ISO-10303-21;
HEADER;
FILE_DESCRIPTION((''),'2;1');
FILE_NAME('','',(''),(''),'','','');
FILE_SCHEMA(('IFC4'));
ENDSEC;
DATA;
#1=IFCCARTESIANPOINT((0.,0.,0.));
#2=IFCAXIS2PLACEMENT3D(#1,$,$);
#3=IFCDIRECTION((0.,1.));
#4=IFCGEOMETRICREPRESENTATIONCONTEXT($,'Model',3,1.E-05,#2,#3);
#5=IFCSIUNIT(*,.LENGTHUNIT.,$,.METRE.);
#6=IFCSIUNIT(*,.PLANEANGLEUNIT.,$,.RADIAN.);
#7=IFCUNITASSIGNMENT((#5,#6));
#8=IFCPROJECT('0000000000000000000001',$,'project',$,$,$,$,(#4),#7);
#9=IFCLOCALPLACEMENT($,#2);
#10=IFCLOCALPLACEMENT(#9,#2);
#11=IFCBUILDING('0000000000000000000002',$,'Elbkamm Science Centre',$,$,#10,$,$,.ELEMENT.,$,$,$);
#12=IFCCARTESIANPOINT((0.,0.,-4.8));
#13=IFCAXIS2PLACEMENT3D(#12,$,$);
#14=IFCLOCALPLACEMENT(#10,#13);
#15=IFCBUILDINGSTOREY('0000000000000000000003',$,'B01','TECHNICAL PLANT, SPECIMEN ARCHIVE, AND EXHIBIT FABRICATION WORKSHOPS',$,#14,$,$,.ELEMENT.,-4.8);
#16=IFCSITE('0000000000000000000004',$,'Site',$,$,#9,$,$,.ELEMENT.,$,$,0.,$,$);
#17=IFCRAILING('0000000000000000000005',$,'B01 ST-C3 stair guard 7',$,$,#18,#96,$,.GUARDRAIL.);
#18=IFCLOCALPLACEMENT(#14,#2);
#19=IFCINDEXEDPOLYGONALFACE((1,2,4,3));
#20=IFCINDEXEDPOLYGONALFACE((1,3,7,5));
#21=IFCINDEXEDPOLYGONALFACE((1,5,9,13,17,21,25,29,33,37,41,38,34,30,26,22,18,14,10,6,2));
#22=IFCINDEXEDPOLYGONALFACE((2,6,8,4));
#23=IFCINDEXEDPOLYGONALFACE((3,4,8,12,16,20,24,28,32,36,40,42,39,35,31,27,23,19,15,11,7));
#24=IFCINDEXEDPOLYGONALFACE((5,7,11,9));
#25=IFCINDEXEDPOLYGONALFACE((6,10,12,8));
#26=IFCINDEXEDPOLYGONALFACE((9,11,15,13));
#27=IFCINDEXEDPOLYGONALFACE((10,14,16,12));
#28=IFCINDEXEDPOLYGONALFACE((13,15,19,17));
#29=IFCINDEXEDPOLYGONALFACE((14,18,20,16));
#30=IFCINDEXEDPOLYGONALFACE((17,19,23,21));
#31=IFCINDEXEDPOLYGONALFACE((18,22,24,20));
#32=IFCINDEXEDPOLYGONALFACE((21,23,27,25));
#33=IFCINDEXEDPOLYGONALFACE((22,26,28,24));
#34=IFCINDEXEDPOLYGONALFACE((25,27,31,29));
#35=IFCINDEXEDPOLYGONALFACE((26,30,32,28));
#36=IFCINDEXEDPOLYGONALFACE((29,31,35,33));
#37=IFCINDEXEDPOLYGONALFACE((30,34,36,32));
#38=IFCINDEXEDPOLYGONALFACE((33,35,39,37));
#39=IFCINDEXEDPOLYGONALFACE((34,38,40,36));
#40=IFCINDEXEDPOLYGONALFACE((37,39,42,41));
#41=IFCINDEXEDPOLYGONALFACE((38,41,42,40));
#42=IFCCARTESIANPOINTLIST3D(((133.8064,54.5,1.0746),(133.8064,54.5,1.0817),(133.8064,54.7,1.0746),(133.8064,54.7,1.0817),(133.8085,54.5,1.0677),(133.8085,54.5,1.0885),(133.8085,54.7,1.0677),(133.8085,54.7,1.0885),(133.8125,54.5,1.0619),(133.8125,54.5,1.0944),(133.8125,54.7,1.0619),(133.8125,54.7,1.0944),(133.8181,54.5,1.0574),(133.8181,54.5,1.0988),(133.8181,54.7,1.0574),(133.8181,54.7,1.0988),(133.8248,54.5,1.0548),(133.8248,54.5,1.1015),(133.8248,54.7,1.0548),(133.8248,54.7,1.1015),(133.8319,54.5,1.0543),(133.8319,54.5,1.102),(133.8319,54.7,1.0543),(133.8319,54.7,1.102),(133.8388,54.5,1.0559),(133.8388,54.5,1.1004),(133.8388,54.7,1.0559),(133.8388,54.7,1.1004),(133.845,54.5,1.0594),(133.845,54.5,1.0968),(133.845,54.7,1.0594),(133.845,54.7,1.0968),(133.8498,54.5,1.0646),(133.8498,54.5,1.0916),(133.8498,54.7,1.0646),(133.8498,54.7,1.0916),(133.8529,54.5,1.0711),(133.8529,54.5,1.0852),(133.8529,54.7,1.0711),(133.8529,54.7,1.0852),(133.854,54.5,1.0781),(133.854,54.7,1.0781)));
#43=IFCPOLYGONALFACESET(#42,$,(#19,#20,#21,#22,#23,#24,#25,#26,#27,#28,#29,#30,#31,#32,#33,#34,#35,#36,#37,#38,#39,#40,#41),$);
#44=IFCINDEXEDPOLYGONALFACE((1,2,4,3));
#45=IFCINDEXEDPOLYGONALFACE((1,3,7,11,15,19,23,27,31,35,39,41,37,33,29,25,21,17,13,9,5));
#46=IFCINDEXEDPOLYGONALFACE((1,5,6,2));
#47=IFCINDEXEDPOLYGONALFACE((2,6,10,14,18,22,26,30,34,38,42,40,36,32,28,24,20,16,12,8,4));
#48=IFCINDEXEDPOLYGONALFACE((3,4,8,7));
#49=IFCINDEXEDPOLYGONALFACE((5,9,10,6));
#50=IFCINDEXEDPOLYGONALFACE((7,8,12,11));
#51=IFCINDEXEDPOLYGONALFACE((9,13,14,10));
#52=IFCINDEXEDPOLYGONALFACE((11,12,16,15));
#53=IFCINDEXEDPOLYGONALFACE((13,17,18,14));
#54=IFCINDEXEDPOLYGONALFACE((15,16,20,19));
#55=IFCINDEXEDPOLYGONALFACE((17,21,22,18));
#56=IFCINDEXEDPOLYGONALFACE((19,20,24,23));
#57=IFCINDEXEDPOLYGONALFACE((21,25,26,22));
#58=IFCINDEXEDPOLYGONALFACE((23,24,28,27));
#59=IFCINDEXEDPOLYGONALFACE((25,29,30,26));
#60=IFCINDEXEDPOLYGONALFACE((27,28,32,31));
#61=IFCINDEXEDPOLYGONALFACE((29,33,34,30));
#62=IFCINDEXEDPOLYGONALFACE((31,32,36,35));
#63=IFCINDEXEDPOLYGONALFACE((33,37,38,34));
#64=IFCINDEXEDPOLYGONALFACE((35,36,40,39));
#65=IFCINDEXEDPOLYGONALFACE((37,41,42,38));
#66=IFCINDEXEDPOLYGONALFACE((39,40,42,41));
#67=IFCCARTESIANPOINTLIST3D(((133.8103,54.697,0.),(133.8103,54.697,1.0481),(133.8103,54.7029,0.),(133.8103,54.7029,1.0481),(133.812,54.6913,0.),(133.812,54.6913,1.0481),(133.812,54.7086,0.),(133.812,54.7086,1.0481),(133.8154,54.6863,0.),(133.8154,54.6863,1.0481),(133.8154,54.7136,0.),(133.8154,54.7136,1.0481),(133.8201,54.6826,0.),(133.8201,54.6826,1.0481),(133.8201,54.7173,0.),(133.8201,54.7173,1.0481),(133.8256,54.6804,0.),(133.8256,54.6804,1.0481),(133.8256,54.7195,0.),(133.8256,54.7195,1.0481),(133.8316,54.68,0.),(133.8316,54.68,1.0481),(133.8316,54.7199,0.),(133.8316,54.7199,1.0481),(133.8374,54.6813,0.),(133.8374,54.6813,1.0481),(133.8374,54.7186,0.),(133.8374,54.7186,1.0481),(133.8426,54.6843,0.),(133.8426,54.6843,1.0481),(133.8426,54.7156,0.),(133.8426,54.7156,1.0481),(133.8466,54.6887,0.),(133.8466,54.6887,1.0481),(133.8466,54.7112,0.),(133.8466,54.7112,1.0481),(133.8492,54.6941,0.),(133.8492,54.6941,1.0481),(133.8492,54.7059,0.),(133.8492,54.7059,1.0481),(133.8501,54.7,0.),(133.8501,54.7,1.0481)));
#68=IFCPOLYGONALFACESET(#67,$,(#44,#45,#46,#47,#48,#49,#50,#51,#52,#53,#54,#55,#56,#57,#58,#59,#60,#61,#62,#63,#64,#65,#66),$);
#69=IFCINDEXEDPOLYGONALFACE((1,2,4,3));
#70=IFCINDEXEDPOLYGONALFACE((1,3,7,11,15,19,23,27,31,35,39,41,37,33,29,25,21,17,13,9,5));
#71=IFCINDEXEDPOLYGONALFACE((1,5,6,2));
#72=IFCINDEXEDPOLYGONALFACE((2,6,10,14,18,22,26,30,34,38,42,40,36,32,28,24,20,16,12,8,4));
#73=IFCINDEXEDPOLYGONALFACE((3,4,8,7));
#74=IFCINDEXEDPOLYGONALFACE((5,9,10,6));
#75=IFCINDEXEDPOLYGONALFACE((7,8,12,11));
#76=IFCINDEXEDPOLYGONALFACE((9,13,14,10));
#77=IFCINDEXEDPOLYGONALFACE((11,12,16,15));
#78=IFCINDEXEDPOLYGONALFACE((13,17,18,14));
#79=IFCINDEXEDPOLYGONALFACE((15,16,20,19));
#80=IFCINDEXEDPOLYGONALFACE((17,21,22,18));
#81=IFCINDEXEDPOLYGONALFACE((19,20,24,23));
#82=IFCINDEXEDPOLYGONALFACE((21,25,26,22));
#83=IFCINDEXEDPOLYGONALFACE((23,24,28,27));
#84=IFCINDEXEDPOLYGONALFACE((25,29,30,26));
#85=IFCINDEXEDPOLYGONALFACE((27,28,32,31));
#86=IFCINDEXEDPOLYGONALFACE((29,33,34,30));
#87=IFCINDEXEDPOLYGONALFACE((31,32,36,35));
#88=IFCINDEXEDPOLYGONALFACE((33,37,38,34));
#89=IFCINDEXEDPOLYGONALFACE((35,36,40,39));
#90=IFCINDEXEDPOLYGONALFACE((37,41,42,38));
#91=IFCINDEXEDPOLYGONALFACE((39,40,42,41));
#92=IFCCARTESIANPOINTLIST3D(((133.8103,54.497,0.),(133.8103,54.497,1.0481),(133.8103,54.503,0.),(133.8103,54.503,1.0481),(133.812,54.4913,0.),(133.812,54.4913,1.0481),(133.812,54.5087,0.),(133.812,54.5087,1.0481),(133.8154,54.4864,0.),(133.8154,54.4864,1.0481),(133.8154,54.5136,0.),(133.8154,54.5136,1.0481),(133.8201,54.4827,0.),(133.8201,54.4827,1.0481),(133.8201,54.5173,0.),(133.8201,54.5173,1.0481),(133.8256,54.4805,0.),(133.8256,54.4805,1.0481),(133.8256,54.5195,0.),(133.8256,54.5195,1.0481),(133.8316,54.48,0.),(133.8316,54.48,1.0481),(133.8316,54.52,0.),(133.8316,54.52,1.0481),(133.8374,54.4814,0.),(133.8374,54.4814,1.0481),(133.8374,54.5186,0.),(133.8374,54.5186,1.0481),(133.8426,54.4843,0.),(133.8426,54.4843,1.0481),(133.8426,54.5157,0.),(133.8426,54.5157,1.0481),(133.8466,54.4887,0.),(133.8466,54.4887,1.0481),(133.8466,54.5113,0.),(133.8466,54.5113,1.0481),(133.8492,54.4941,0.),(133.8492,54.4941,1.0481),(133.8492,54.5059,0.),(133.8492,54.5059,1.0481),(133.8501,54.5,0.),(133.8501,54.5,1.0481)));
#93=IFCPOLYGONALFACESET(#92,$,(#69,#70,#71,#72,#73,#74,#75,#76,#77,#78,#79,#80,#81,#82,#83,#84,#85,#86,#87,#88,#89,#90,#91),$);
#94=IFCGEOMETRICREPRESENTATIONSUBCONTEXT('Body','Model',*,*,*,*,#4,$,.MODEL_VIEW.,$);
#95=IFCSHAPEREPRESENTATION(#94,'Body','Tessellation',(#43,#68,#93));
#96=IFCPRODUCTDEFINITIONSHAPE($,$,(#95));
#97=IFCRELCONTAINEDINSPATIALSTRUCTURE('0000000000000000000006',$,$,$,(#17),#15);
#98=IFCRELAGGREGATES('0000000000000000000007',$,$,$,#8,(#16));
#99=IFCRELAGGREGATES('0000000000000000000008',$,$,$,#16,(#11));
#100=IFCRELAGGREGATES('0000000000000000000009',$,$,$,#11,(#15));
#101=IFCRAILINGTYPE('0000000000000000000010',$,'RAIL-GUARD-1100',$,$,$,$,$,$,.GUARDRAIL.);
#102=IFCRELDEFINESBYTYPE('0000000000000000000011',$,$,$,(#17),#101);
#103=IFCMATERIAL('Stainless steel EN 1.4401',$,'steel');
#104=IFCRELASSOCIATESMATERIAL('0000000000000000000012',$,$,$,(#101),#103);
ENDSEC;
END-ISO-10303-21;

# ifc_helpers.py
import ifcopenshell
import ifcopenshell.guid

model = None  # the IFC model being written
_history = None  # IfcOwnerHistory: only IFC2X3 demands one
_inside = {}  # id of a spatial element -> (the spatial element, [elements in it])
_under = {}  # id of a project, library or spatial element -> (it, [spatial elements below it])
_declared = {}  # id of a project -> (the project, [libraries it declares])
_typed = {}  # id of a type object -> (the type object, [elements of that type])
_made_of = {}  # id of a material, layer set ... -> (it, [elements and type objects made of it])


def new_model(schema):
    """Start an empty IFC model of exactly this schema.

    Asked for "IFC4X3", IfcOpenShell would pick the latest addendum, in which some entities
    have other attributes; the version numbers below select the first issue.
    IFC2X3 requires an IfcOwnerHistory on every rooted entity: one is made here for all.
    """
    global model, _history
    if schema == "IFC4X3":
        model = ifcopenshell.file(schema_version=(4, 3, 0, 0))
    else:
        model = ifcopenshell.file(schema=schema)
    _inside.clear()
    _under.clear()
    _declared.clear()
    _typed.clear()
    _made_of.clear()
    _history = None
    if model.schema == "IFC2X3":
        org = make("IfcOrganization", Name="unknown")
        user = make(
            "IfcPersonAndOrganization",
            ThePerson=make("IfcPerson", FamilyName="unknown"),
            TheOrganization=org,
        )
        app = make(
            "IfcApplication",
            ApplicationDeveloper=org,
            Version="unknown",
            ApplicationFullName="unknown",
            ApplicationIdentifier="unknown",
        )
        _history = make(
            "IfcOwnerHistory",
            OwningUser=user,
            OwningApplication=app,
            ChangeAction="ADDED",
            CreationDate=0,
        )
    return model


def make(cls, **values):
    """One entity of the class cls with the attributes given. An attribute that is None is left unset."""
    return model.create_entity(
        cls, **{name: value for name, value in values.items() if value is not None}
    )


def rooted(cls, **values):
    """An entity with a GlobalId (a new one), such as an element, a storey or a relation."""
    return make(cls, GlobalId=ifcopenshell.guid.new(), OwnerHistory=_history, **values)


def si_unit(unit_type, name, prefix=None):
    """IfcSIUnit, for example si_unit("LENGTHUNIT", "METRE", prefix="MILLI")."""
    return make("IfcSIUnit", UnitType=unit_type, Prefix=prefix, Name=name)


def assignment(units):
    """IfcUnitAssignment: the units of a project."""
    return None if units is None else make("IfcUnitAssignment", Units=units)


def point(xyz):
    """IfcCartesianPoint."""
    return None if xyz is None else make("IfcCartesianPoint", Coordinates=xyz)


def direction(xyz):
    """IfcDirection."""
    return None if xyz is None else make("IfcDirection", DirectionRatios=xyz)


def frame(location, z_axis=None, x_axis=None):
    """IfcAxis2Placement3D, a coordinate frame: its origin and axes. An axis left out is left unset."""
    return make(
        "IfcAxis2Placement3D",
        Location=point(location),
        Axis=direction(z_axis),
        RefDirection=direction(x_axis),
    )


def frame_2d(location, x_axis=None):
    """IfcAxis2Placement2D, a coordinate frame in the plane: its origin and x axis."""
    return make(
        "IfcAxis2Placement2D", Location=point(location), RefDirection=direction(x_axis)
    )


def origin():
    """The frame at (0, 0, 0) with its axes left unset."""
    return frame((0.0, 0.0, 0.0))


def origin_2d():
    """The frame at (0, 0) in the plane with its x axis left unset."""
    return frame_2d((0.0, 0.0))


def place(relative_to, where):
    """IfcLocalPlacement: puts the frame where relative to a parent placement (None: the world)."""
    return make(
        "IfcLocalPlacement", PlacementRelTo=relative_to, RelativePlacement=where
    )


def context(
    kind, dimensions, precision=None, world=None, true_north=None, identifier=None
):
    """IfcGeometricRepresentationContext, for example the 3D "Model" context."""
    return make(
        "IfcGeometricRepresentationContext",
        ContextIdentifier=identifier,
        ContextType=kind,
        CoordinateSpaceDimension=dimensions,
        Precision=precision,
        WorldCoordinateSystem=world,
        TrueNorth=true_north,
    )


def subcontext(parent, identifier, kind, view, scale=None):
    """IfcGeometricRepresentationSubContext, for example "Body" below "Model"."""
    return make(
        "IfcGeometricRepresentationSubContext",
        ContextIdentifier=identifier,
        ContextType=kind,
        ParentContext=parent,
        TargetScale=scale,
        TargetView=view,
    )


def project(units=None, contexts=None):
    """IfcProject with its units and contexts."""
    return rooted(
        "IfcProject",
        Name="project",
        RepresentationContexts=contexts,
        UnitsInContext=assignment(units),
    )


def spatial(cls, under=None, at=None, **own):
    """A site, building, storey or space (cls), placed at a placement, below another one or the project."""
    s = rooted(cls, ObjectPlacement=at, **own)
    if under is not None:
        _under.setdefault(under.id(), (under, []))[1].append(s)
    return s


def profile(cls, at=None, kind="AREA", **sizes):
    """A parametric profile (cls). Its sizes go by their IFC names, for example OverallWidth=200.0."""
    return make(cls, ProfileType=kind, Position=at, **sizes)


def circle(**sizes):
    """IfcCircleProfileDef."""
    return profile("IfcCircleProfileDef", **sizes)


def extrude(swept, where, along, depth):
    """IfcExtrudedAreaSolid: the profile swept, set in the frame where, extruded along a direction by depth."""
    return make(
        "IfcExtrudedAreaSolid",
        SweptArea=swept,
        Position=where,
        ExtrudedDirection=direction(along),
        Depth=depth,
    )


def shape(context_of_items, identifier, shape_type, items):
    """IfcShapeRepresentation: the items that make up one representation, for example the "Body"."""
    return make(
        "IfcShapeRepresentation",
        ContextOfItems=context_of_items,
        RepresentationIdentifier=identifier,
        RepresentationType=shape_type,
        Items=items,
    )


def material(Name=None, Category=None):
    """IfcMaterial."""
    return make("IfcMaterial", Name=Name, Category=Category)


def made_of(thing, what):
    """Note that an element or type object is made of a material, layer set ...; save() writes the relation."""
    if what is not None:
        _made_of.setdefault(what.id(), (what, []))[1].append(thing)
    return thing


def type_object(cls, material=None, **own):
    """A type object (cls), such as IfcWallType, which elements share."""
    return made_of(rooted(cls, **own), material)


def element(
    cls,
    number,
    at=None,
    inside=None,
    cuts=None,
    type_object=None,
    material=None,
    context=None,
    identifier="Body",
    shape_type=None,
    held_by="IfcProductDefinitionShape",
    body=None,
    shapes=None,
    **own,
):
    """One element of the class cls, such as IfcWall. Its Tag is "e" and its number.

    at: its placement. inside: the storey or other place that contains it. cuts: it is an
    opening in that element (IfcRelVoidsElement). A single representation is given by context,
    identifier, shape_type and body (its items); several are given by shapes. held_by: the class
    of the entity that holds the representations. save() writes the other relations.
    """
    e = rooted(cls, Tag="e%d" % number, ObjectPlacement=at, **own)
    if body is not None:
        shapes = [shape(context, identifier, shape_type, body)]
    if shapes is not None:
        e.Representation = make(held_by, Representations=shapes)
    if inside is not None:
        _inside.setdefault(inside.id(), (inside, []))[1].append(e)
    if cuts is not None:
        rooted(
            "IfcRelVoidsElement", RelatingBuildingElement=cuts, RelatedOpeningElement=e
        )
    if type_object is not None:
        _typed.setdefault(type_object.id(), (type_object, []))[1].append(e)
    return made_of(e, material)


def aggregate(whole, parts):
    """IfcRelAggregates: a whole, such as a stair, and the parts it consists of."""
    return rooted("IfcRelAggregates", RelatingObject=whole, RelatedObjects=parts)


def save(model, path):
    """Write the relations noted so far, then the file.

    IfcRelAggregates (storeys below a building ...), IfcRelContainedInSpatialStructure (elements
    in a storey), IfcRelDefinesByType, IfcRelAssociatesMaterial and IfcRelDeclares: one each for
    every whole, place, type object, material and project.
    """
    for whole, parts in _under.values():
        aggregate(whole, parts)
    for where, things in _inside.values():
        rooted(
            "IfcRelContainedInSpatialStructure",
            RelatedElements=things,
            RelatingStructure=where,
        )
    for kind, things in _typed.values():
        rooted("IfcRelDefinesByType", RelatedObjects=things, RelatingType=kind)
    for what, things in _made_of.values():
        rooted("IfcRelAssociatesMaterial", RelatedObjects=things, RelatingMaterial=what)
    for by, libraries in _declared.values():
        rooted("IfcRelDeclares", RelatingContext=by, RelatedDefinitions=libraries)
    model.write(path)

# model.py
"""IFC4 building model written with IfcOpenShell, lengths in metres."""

from ifc_helpers import new_model, si_unit, direction, frame, origin, origin_2d, place, context, subcontext, project, spatial, circle, extrude, material, type_object, element, save


model = new_model("IFC4")

# Units and contexts
model_context = context("Model", 3, precision=1e-05, world=origin(), true_north=direction((0.0, 1.0)))
body_context = subcontext(model_context, "Body", "Model", "MODEL_VIEW")
ifc_project = project(units=[si_unit("LENGTHUNIT", "METRE"), si_unit("PLANEANGLEUNIT", "RADIAN")], contexts=[model_context])

# Site, building, storey
site_placement = place(None, origin())
site = spatial("IfcSite", under=ifc_project, at=site_placement, Name="Site", CompositionType="ELEMENT", RefElevation=0.0)
building_placement = place(site_placement, origin())
building = spatial("IfcBuilding", under=site, at=building_placement, Name="Elbkamm Science Centre", CompositionType="ELEMENT")
storey_placement = place(building_placement, frame((0.0, 0.0, -4.8)))
storey = spatial("IfcBuildingStorey", under=building, at=storey_placement, Name="B01", Description="TECHNICAL PLANT, SPECIMEN ARCHIVE, AND EXHIBIT FABRICATION WORKSHOPS", CompositionType="ELEMENT", Elevation=-4.8)

# Railing
ifc_material_1 = material(Name="Stainless steel EN 1.4401", Category="steel")
railing_type_1 = type_object("IfcRailingType", Name="RAIL-GUARD-1100", PredefinedType="GUARDRAIL", material=ifc_material_1)
railing_1_placement = place(storey_placement, frame((133.8301, 54.7, 0.0)))
element("IfcRailing", 1, at=railing_1_placement, inside=storey, type_object=railing_type_1, Name="B01 ST-C3 stair guard 7", PredefinedType="GUARDRAIL", context=body_context, shape_type="SweptSolid", body=[
    extrude(circle(Radius=0.0239, at=origin_2d()), frame((0.0, 0.0, 1.0781), z_axis=(0.0, -1.0, 0.0), x_axis=(1.0, 0.0, 0.0)), (0.0, 0.0, 1.0), 0.2),
    extrude(circle(Radius=0.02, at=origin_2d()), origin(), (0.0, 0.0, 1.0), 1.0481),
    extrude(circle(Radius=0.02, at=origin_2d()), frame((0.0, -0.2, 0.0)), (0.0, 0.0, 1.0), 1.0481),
])

save(model, "model.ifc")
